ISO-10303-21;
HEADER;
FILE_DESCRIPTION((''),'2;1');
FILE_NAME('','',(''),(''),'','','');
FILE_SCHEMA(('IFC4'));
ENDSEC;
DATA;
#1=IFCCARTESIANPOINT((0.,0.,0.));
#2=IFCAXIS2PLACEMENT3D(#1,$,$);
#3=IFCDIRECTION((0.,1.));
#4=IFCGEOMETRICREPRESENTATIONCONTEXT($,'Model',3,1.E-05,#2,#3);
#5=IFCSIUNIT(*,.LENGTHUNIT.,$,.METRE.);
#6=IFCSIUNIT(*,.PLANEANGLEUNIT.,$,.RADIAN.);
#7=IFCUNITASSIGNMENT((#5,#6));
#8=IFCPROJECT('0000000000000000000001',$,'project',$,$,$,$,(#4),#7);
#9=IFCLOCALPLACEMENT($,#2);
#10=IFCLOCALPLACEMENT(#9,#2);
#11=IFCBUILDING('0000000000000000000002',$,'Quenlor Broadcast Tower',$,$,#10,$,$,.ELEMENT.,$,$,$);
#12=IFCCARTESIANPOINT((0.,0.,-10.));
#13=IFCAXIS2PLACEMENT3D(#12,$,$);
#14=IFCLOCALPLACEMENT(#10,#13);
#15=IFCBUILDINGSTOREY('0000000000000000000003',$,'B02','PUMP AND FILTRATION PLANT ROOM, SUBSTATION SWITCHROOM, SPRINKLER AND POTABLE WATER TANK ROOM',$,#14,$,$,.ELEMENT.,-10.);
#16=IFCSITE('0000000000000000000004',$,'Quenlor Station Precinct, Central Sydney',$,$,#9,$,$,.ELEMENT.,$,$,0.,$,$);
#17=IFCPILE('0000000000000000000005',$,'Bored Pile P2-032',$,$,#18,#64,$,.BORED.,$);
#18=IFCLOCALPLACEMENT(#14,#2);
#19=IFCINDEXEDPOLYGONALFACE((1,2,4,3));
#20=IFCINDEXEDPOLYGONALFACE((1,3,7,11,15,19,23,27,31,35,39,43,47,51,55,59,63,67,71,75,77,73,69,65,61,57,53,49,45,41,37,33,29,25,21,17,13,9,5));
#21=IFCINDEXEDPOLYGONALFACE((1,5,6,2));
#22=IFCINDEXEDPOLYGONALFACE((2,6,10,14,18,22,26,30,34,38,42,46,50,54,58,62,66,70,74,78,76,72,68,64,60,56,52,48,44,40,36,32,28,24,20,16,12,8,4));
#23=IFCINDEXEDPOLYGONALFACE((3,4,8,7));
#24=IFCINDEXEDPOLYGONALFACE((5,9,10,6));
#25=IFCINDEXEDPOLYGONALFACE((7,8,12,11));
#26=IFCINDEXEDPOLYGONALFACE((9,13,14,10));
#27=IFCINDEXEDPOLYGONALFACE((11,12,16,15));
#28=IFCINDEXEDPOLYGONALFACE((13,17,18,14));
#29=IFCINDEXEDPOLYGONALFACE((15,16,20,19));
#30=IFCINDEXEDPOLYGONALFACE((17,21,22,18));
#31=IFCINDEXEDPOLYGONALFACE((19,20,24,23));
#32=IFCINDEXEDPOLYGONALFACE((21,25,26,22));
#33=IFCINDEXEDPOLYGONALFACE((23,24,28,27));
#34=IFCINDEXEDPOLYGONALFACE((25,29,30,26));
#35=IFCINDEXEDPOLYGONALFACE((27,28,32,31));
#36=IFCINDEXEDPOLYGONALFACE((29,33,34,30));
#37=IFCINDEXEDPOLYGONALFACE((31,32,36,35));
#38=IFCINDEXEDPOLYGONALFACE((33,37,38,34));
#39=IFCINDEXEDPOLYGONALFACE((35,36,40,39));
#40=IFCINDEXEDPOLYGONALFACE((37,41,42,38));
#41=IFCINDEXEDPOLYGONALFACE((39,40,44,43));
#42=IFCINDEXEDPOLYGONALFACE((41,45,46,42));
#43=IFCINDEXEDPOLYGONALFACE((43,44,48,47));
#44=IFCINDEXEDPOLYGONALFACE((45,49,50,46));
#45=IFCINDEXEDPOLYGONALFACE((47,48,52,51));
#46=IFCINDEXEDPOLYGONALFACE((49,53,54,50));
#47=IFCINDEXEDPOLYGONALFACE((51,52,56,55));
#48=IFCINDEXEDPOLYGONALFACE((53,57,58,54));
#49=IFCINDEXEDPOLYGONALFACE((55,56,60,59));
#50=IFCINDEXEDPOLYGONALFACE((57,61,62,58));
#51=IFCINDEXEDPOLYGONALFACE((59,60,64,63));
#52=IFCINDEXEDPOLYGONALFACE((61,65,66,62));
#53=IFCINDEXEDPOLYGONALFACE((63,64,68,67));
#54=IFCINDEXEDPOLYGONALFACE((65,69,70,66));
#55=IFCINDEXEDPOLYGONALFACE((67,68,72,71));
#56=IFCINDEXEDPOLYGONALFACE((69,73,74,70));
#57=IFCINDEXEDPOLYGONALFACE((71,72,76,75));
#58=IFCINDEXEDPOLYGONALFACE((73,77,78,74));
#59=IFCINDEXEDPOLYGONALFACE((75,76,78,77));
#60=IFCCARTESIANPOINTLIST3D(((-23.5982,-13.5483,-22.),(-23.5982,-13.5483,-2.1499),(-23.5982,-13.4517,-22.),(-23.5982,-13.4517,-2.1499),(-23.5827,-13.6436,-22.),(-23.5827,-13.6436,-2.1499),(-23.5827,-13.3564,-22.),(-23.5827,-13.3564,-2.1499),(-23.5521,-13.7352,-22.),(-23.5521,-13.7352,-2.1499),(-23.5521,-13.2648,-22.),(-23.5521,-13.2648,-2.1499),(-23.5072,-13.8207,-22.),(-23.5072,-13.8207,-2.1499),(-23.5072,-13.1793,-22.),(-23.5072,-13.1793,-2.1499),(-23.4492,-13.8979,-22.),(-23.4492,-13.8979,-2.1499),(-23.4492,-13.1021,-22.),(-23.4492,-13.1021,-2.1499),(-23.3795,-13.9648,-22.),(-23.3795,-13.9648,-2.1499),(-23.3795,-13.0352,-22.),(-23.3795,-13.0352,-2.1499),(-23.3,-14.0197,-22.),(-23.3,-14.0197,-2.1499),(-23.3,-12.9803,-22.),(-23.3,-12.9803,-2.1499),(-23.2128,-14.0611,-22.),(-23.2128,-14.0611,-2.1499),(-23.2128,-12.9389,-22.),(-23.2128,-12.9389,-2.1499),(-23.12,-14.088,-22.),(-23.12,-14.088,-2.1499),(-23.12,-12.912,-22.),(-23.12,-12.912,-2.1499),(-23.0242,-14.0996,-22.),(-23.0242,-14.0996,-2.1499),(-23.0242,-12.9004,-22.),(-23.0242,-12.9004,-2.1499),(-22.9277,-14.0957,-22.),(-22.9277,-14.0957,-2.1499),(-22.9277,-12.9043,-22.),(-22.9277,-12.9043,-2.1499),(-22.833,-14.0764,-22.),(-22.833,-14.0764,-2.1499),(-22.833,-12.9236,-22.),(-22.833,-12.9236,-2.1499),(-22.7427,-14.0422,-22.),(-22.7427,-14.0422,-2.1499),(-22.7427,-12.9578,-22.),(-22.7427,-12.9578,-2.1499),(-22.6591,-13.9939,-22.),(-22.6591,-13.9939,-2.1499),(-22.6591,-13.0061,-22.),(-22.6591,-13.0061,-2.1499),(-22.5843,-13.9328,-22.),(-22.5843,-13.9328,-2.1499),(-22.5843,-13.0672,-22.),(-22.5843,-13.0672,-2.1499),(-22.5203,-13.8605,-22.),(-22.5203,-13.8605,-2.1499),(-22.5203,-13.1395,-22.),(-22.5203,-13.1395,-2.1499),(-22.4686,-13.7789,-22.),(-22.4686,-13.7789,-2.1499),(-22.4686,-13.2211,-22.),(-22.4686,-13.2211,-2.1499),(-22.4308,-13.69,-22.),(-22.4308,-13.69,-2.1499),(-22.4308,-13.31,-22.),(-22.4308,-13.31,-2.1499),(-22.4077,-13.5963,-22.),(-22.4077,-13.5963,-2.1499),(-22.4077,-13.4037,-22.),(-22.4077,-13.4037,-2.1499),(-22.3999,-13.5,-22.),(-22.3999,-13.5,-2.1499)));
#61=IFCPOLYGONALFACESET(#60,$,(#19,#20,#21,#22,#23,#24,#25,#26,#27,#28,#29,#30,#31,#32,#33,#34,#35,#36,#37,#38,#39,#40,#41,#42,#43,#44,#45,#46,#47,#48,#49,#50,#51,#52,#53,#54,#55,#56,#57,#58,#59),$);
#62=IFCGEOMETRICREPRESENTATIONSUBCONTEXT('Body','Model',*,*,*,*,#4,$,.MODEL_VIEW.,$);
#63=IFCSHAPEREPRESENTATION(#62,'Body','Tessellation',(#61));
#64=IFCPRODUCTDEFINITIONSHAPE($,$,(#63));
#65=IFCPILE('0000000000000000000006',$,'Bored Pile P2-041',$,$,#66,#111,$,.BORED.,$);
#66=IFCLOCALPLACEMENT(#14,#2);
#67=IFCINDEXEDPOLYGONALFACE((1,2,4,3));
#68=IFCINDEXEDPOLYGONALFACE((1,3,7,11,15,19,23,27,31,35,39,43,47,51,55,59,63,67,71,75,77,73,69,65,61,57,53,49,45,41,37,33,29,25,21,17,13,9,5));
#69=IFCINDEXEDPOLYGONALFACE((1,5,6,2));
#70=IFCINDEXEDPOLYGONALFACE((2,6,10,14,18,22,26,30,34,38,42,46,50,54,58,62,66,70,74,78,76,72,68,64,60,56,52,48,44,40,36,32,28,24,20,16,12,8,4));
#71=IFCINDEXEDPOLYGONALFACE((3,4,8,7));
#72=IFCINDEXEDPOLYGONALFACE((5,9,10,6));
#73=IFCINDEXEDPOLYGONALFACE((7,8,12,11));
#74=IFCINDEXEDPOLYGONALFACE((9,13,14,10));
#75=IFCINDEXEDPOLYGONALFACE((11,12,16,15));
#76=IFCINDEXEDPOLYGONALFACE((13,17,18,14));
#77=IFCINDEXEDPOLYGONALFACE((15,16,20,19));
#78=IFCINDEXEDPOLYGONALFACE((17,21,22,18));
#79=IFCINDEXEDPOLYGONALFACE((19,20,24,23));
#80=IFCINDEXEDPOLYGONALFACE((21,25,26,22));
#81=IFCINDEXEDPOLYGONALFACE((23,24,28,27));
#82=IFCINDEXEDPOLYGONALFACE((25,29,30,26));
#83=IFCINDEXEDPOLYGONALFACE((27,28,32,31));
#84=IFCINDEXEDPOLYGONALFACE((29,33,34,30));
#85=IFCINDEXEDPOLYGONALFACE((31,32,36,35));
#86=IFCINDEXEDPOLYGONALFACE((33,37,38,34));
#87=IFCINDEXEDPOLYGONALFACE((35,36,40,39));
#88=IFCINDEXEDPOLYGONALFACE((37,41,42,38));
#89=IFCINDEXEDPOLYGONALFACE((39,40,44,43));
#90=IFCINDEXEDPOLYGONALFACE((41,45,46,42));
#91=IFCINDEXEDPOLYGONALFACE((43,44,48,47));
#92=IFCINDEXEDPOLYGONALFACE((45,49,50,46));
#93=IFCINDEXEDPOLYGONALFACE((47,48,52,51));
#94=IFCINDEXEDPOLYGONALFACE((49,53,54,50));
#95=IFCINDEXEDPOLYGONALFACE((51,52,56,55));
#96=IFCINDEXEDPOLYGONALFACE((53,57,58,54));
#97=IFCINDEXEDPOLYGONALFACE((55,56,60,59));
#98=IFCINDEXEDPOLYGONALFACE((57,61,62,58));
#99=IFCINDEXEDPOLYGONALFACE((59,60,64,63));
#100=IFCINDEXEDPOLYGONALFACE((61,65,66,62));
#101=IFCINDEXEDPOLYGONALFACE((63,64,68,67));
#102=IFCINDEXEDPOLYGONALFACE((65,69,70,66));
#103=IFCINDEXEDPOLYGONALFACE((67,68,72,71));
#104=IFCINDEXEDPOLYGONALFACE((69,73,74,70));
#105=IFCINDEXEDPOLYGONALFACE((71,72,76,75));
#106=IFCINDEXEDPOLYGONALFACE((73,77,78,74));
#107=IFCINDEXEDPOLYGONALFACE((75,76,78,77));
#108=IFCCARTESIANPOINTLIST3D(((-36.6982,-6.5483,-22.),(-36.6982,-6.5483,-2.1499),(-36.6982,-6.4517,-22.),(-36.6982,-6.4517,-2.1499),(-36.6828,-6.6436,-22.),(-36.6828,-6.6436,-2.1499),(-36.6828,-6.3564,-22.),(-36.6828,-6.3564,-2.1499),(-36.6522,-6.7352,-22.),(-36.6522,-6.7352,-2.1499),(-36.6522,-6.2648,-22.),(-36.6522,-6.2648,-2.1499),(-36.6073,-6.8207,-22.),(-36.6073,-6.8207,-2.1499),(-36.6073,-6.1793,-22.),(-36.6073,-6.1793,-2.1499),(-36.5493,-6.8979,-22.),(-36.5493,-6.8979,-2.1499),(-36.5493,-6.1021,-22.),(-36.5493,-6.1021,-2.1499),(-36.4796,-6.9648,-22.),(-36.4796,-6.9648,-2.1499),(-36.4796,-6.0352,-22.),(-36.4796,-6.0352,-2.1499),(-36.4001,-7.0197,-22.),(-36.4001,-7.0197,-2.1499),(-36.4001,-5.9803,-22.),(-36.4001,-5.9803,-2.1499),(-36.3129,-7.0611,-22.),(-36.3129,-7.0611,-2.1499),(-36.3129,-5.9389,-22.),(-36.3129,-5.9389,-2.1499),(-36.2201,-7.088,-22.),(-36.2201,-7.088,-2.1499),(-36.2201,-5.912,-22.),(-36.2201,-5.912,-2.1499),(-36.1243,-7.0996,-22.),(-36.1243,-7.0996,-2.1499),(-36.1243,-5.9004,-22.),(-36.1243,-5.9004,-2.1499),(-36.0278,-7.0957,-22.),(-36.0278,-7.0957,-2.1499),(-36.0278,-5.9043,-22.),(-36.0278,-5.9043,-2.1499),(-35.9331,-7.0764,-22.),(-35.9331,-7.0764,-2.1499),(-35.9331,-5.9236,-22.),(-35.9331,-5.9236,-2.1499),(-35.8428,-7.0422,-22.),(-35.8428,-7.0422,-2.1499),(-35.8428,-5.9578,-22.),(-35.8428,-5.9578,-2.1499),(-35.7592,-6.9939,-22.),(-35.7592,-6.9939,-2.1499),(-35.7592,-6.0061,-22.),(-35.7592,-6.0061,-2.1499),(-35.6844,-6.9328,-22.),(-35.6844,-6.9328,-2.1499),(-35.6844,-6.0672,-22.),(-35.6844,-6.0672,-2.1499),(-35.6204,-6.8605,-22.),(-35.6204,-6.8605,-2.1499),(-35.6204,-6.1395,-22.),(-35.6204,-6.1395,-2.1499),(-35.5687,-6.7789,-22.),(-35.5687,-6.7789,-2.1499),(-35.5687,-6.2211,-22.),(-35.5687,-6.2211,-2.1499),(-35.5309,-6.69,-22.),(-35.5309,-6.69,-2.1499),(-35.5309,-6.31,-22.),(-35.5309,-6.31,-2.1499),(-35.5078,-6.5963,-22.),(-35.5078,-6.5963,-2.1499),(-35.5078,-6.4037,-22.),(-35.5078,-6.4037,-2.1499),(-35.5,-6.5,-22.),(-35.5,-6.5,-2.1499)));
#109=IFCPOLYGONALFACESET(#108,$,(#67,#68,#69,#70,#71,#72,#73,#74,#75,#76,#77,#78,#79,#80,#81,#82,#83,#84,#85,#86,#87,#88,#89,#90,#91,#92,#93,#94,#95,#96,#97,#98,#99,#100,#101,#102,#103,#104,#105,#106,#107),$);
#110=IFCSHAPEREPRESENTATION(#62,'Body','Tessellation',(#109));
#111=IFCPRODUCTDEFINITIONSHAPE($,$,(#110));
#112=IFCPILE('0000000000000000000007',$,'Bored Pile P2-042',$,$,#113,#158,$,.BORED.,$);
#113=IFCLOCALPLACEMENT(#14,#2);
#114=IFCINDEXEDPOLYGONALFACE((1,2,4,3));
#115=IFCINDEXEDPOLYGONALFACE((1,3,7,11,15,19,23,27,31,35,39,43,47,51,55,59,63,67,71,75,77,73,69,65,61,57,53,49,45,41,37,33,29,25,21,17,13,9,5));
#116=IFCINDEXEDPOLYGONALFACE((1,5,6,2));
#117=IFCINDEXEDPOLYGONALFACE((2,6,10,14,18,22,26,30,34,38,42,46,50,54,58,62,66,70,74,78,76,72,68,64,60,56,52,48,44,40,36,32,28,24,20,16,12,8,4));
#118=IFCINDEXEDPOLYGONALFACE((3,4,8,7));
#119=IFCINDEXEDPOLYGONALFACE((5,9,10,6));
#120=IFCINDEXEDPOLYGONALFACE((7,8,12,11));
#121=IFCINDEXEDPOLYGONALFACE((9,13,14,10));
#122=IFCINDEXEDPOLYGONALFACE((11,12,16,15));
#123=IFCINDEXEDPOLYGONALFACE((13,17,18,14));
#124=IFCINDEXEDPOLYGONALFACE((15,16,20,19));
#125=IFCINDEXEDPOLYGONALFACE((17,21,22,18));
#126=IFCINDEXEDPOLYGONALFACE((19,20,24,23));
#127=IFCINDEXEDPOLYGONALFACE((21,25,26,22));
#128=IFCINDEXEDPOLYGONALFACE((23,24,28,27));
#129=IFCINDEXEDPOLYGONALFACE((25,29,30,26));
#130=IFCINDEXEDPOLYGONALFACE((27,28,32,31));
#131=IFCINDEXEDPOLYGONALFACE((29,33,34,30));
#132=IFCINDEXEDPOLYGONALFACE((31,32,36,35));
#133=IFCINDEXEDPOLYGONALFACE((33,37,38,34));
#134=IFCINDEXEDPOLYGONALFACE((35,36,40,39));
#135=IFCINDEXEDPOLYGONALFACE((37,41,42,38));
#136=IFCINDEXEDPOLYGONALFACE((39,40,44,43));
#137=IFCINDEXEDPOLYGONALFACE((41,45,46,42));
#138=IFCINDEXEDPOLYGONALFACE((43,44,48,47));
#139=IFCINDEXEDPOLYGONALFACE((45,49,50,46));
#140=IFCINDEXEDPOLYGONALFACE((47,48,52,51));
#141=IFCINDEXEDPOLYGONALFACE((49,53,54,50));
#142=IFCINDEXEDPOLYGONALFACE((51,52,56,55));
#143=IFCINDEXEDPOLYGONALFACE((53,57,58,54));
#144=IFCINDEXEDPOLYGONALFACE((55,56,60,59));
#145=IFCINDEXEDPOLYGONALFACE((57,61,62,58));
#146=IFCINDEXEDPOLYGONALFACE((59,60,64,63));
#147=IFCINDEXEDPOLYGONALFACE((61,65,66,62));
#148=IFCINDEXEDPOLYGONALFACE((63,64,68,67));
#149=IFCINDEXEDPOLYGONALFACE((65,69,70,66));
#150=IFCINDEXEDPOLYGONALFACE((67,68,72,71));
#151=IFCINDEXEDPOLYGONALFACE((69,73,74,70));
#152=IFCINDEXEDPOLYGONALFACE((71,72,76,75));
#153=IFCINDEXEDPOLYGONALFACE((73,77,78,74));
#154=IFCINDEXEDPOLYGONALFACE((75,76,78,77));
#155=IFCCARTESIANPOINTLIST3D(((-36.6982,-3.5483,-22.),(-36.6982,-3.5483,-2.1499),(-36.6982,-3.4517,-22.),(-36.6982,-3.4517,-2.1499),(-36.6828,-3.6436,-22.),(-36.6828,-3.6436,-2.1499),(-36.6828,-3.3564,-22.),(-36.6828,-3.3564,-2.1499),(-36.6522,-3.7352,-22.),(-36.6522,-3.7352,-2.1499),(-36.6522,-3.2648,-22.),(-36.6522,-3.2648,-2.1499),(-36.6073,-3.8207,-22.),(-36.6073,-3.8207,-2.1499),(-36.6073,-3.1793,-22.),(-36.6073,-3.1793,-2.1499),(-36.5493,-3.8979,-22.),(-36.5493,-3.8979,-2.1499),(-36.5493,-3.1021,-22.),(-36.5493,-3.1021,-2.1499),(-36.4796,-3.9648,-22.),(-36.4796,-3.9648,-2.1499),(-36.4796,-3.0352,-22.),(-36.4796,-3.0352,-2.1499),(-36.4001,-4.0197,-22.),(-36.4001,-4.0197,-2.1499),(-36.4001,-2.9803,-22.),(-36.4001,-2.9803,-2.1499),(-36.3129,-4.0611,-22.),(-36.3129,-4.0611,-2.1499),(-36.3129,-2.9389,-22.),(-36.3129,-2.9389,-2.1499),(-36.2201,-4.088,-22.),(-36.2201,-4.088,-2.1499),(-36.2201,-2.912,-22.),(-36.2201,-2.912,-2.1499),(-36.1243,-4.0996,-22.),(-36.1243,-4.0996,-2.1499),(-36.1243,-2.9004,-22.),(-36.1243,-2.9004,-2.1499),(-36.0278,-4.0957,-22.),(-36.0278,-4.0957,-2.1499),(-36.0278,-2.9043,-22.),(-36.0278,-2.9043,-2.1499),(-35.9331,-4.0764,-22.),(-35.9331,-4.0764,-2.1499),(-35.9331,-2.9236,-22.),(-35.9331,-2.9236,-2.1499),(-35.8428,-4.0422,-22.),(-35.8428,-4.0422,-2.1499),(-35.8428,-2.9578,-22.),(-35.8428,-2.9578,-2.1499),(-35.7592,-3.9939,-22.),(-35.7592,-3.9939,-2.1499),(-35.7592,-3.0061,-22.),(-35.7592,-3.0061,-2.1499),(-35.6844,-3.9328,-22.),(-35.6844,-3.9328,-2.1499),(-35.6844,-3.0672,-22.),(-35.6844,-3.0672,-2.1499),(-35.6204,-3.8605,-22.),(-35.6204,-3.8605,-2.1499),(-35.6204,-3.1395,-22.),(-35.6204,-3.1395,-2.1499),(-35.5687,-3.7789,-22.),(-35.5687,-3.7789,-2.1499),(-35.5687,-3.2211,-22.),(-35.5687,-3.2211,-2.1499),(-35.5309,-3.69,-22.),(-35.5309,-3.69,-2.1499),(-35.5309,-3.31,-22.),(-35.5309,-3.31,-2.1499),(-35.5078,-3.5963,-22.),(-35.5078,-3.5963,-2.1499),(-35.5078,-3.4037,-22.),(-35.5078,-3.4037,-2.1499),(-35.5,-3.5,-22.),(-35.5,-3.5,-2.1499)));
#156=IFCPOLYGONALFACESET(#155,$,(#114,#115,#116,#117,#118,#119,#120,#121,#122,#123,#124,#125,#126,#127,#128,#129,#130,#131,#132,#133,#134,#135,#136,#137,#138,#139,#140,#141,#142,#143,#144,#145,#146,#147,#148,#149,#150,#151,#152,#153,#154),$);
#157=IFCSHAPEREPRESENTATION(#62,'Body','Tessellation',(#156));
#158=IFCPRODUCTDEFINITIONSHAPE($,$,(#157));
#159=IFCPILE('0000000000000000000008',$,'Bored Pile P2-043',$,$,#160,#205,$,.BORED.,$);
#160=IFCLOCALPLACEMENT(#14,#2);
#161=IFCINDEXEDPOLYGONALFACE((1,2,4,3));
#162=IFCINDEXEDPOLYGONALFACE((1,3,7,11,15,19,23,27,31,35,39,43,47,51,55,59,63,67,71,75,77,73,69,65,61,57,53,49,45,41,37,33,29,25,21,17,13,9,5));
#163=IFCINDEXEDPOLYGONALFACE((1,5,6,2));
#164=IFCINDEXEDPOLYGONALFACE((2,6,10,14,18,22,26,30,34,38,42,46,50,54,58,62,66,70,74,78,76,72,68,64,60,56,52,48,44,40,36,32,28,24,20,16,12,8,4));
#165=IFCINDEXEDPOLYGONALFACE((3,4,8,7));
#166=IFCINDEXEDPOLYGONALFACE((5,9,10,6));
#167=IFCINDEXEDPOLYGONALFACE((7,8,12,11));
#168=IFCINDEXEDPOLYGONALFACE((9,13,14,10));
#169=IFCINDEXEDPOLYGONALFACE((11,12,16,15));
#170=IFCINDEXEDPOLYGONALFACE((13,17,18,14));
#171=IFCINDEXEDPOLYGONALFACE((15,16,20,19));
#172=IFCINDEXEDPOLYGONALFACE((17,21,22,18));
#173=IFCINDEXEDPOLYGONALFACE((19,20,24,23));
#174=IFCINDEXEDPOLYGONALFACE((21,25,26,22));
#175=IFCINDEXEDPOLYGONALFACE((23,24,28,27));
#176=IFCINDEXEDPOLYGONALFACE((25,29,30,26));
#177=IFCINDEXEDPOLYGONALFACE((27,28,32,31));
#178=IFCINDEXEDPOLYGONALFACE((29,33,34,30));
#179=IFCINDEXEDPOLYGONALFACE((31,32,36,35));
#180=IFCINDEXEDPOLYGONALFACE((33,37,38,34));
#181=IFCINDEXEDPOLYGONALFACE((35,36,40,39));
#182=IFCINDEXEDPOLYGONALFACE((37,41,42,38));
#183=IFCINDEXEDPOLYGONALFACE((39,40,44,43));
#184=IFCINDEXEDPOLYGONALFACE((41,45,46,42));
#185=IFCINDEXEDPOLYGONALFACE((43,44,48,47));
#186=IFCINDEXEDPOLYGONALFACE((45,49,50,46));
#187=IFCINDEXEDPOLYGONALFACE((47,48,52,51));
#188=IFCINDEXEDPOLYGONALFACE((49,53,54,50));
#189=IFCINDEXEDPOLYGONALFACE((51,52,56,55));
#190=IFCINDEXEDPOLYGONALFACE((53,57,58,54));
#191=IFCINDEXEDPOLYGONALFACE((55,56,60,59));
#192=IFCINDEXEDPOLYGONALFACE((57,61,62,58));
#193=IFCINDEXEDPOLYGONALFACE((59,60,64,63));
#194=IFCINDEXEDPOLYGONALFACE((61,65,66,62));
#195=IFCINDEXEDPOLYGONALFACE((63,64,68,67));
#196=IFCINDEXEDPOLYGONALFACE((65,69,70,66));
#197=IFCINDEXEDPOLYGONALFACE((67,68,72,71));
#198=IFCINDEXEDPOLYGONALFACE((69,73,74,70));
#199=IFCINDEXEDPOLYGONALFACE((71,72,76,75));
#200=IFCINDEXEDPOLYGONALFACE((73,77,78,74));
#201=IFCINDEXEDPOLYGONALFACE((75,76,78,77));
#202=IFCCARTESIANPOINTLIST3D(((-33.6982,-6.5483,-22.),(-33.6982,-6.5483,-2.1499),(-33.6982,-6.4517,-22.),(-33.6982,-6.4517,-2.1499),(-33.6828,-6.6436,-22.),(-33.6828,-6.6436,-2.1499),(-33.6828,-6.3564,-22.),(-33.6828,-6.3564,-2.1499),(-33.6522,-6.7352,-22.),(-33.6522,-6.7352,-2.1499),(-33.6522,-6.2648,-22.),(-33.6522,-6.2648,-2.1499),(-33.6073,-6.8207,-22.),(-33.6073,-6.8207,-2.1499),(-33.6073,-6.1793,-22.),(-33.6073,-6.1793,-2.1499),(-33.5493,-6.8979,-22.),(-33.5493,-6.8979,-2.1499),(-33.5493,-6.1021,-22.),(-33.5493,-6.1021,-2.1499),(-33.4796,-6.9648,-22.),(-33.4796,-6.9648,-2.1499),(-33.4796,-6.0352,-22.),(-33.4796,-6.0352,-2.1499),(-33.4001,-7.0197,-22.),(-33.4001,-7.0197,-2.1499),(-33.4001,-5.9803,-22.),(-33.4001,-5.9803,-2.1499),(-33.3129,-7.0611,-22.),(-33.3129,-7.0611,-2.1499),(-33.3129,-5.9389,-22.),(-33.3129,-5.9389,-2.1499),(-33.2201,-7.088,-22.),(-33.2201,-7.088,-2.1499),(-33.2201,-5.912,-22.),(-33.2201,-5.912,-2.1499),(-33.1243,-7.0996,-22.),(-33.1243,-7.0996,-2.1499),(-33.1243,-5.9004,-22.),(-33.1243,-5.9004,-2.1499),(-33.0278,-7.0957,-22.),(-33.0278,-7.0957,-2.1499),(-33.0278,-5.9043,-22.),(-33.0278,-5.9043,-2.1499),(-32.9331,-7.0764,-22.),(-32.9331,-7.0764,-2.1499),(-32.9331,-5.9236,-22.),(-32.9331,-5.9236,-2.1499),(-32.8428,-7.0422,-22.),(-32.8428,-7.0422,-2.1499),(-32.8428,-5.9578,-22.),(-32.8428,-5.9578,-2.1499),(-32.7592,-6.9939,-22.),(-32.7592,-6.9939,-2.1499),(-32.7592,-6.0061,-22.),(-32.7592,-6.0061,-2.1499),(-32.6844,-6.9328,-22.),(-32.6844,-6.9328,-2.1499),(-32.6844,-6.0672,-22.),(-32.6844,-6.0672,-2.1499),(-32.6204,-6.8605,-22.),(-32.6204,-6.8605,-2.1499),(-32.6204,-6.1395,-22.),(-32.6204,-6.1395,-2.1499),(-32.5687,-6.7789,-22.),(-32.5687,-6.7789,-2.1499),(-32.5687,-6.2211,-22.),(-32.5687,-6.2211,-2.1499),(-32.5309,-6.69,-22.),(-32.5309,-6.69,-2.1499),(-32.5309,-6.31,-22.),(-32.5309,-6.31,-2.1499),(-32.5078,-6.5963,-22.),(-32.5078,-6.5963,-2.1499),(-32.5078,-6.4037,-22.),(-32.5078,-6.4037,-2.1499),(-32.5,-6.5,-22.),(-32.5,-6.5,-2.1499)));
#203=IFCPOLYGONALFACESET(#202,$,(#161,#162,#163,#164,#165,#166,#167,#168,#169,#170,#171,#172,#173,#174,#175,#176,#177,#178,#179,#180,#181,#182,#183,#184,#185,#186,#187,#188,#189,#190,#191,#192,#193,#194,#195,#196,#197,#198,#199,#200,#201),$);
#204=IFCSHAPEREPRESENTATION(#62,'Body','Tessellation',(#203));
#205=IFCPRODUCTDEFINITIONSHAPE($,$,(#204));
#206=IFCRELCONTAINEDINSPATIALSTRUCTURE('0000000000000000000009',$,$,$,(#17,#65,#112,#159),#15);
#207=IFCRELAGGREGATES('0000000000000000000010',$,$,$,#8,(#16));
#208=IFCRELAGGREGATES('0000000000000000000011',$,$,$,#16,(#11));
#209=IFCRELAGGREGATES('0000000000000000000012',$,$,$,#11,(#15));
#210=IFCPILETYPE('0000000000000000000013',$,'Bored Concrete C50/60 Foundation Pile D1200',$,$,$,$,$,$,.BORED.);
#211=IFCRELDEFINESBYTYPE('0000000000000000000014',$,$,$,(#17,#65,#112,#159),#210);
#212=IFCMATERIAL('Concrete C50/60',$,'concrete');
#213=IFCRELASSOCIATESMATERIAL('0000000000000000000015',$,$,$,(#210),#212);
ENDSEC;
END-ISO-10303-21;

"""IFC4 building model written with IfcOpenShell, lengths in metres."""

from ifc_helpers import new_model, si_unit, direction, frame, origin, origin_2d, place, context, subcontext, project, spatial, circle, extrude, material, material_profile, profile_set, type_object, element, save


model = new_model("IFC4")

# Units and contexts
model_context = context("Model", 3, precision=1e-05, world=origin(), true_north=direction((0.0, 1.0)))
body_context = subcontext(model_context, "Body", "Model", "MODEL_VIEW")
ifc_project = project(units=[si_unit("LENGTHUNIT", "METRE"), si_unit("PLANEANGLEUNIT", "RADIAN")], contexts=[model_context])

# Site, building, storey
site_placement = place(None, origin())
site = spatial("IfcSite", under=ifc_project, at=site_placement, Name="Quenlor Station Precinct, Central Sydney", CompositionType="ELEMENT", RefElevation=0.0)
building_placement = place(site_placement, origin())
building = spatial("IfcBuilding", under=site, at=building_placement, Name="Quenlor Broadcast Tower", CompositionType="ELEMENT")
storey_placement = place(building_placement, frame((0.0, 0.0, -10.0)))
storey = spatial("IfcBuildingStorey", under=building, at=storey_placement, Name="B02", Description="PUMP AND FILTRATION PLANT ROOM, SUBSTATION SWITCHROOM, SPRINKLER AND POTABLE WATER TANK ROOM", CompositionType="ELEMENT", Elevation=-10.0)

# Piles
ifc_material_1 = material(Name="Concrete C50/60", Category="concrete")
ifc_material_profile_1 = material_profile(ifc_material_1, circle(Radius=0.6001, at=origin_2d()))
ifc_profile_set_1 = profile_set([ifc_material_profile_1], Name="Concrete C50/60 PILE1200")
pile_type = type_object("IfcPileType", Name="Bored Concrete C50/60 Foundation Pile D1200", PredefinedType="BORED", material=ifc_profile_set_1)
for number, where, z_axis, x_axis, name in (
    (1, (-23.0, -13.5, -2.1499), (0.0, 0.0, -1.0), (1.0, 0.0, 0.0), "Bored Pile P2-032"),
    (2, (-36.1001, -6.5, -2.1499), (0.0, 0.0, -1.0), (1.0, 0.0, 0.0), "Bored Pile P2-041"),
    (3, (-36.1001, -3.5, -2.1499), (0.0, 0.0, -1.0), (1.0, 0.0, 0.0), "Bored Pile P2-042"),
    (4, (-33.1001, -6.5, -2.1499), (0.0, 0.0, -1.0), (1.0, 0.0, 0.0), "Bored Pile P2-043"),
):
    element("IfcPile", number, at=place(storey_placement, frame(where, z_axis=z_axis, x_axis=x_axis)), inside=storey, type_object=pile_type, Name=name, PredefinedType="BORED", context=body_context, shape_type="SweptSolid", body=[
        extrude(circle(Radius=0.6001, at=origin_2d()), origin(), (0.0, 0.0, 1.0), 19.8501),
    ])

save(model, "model.ifc")
